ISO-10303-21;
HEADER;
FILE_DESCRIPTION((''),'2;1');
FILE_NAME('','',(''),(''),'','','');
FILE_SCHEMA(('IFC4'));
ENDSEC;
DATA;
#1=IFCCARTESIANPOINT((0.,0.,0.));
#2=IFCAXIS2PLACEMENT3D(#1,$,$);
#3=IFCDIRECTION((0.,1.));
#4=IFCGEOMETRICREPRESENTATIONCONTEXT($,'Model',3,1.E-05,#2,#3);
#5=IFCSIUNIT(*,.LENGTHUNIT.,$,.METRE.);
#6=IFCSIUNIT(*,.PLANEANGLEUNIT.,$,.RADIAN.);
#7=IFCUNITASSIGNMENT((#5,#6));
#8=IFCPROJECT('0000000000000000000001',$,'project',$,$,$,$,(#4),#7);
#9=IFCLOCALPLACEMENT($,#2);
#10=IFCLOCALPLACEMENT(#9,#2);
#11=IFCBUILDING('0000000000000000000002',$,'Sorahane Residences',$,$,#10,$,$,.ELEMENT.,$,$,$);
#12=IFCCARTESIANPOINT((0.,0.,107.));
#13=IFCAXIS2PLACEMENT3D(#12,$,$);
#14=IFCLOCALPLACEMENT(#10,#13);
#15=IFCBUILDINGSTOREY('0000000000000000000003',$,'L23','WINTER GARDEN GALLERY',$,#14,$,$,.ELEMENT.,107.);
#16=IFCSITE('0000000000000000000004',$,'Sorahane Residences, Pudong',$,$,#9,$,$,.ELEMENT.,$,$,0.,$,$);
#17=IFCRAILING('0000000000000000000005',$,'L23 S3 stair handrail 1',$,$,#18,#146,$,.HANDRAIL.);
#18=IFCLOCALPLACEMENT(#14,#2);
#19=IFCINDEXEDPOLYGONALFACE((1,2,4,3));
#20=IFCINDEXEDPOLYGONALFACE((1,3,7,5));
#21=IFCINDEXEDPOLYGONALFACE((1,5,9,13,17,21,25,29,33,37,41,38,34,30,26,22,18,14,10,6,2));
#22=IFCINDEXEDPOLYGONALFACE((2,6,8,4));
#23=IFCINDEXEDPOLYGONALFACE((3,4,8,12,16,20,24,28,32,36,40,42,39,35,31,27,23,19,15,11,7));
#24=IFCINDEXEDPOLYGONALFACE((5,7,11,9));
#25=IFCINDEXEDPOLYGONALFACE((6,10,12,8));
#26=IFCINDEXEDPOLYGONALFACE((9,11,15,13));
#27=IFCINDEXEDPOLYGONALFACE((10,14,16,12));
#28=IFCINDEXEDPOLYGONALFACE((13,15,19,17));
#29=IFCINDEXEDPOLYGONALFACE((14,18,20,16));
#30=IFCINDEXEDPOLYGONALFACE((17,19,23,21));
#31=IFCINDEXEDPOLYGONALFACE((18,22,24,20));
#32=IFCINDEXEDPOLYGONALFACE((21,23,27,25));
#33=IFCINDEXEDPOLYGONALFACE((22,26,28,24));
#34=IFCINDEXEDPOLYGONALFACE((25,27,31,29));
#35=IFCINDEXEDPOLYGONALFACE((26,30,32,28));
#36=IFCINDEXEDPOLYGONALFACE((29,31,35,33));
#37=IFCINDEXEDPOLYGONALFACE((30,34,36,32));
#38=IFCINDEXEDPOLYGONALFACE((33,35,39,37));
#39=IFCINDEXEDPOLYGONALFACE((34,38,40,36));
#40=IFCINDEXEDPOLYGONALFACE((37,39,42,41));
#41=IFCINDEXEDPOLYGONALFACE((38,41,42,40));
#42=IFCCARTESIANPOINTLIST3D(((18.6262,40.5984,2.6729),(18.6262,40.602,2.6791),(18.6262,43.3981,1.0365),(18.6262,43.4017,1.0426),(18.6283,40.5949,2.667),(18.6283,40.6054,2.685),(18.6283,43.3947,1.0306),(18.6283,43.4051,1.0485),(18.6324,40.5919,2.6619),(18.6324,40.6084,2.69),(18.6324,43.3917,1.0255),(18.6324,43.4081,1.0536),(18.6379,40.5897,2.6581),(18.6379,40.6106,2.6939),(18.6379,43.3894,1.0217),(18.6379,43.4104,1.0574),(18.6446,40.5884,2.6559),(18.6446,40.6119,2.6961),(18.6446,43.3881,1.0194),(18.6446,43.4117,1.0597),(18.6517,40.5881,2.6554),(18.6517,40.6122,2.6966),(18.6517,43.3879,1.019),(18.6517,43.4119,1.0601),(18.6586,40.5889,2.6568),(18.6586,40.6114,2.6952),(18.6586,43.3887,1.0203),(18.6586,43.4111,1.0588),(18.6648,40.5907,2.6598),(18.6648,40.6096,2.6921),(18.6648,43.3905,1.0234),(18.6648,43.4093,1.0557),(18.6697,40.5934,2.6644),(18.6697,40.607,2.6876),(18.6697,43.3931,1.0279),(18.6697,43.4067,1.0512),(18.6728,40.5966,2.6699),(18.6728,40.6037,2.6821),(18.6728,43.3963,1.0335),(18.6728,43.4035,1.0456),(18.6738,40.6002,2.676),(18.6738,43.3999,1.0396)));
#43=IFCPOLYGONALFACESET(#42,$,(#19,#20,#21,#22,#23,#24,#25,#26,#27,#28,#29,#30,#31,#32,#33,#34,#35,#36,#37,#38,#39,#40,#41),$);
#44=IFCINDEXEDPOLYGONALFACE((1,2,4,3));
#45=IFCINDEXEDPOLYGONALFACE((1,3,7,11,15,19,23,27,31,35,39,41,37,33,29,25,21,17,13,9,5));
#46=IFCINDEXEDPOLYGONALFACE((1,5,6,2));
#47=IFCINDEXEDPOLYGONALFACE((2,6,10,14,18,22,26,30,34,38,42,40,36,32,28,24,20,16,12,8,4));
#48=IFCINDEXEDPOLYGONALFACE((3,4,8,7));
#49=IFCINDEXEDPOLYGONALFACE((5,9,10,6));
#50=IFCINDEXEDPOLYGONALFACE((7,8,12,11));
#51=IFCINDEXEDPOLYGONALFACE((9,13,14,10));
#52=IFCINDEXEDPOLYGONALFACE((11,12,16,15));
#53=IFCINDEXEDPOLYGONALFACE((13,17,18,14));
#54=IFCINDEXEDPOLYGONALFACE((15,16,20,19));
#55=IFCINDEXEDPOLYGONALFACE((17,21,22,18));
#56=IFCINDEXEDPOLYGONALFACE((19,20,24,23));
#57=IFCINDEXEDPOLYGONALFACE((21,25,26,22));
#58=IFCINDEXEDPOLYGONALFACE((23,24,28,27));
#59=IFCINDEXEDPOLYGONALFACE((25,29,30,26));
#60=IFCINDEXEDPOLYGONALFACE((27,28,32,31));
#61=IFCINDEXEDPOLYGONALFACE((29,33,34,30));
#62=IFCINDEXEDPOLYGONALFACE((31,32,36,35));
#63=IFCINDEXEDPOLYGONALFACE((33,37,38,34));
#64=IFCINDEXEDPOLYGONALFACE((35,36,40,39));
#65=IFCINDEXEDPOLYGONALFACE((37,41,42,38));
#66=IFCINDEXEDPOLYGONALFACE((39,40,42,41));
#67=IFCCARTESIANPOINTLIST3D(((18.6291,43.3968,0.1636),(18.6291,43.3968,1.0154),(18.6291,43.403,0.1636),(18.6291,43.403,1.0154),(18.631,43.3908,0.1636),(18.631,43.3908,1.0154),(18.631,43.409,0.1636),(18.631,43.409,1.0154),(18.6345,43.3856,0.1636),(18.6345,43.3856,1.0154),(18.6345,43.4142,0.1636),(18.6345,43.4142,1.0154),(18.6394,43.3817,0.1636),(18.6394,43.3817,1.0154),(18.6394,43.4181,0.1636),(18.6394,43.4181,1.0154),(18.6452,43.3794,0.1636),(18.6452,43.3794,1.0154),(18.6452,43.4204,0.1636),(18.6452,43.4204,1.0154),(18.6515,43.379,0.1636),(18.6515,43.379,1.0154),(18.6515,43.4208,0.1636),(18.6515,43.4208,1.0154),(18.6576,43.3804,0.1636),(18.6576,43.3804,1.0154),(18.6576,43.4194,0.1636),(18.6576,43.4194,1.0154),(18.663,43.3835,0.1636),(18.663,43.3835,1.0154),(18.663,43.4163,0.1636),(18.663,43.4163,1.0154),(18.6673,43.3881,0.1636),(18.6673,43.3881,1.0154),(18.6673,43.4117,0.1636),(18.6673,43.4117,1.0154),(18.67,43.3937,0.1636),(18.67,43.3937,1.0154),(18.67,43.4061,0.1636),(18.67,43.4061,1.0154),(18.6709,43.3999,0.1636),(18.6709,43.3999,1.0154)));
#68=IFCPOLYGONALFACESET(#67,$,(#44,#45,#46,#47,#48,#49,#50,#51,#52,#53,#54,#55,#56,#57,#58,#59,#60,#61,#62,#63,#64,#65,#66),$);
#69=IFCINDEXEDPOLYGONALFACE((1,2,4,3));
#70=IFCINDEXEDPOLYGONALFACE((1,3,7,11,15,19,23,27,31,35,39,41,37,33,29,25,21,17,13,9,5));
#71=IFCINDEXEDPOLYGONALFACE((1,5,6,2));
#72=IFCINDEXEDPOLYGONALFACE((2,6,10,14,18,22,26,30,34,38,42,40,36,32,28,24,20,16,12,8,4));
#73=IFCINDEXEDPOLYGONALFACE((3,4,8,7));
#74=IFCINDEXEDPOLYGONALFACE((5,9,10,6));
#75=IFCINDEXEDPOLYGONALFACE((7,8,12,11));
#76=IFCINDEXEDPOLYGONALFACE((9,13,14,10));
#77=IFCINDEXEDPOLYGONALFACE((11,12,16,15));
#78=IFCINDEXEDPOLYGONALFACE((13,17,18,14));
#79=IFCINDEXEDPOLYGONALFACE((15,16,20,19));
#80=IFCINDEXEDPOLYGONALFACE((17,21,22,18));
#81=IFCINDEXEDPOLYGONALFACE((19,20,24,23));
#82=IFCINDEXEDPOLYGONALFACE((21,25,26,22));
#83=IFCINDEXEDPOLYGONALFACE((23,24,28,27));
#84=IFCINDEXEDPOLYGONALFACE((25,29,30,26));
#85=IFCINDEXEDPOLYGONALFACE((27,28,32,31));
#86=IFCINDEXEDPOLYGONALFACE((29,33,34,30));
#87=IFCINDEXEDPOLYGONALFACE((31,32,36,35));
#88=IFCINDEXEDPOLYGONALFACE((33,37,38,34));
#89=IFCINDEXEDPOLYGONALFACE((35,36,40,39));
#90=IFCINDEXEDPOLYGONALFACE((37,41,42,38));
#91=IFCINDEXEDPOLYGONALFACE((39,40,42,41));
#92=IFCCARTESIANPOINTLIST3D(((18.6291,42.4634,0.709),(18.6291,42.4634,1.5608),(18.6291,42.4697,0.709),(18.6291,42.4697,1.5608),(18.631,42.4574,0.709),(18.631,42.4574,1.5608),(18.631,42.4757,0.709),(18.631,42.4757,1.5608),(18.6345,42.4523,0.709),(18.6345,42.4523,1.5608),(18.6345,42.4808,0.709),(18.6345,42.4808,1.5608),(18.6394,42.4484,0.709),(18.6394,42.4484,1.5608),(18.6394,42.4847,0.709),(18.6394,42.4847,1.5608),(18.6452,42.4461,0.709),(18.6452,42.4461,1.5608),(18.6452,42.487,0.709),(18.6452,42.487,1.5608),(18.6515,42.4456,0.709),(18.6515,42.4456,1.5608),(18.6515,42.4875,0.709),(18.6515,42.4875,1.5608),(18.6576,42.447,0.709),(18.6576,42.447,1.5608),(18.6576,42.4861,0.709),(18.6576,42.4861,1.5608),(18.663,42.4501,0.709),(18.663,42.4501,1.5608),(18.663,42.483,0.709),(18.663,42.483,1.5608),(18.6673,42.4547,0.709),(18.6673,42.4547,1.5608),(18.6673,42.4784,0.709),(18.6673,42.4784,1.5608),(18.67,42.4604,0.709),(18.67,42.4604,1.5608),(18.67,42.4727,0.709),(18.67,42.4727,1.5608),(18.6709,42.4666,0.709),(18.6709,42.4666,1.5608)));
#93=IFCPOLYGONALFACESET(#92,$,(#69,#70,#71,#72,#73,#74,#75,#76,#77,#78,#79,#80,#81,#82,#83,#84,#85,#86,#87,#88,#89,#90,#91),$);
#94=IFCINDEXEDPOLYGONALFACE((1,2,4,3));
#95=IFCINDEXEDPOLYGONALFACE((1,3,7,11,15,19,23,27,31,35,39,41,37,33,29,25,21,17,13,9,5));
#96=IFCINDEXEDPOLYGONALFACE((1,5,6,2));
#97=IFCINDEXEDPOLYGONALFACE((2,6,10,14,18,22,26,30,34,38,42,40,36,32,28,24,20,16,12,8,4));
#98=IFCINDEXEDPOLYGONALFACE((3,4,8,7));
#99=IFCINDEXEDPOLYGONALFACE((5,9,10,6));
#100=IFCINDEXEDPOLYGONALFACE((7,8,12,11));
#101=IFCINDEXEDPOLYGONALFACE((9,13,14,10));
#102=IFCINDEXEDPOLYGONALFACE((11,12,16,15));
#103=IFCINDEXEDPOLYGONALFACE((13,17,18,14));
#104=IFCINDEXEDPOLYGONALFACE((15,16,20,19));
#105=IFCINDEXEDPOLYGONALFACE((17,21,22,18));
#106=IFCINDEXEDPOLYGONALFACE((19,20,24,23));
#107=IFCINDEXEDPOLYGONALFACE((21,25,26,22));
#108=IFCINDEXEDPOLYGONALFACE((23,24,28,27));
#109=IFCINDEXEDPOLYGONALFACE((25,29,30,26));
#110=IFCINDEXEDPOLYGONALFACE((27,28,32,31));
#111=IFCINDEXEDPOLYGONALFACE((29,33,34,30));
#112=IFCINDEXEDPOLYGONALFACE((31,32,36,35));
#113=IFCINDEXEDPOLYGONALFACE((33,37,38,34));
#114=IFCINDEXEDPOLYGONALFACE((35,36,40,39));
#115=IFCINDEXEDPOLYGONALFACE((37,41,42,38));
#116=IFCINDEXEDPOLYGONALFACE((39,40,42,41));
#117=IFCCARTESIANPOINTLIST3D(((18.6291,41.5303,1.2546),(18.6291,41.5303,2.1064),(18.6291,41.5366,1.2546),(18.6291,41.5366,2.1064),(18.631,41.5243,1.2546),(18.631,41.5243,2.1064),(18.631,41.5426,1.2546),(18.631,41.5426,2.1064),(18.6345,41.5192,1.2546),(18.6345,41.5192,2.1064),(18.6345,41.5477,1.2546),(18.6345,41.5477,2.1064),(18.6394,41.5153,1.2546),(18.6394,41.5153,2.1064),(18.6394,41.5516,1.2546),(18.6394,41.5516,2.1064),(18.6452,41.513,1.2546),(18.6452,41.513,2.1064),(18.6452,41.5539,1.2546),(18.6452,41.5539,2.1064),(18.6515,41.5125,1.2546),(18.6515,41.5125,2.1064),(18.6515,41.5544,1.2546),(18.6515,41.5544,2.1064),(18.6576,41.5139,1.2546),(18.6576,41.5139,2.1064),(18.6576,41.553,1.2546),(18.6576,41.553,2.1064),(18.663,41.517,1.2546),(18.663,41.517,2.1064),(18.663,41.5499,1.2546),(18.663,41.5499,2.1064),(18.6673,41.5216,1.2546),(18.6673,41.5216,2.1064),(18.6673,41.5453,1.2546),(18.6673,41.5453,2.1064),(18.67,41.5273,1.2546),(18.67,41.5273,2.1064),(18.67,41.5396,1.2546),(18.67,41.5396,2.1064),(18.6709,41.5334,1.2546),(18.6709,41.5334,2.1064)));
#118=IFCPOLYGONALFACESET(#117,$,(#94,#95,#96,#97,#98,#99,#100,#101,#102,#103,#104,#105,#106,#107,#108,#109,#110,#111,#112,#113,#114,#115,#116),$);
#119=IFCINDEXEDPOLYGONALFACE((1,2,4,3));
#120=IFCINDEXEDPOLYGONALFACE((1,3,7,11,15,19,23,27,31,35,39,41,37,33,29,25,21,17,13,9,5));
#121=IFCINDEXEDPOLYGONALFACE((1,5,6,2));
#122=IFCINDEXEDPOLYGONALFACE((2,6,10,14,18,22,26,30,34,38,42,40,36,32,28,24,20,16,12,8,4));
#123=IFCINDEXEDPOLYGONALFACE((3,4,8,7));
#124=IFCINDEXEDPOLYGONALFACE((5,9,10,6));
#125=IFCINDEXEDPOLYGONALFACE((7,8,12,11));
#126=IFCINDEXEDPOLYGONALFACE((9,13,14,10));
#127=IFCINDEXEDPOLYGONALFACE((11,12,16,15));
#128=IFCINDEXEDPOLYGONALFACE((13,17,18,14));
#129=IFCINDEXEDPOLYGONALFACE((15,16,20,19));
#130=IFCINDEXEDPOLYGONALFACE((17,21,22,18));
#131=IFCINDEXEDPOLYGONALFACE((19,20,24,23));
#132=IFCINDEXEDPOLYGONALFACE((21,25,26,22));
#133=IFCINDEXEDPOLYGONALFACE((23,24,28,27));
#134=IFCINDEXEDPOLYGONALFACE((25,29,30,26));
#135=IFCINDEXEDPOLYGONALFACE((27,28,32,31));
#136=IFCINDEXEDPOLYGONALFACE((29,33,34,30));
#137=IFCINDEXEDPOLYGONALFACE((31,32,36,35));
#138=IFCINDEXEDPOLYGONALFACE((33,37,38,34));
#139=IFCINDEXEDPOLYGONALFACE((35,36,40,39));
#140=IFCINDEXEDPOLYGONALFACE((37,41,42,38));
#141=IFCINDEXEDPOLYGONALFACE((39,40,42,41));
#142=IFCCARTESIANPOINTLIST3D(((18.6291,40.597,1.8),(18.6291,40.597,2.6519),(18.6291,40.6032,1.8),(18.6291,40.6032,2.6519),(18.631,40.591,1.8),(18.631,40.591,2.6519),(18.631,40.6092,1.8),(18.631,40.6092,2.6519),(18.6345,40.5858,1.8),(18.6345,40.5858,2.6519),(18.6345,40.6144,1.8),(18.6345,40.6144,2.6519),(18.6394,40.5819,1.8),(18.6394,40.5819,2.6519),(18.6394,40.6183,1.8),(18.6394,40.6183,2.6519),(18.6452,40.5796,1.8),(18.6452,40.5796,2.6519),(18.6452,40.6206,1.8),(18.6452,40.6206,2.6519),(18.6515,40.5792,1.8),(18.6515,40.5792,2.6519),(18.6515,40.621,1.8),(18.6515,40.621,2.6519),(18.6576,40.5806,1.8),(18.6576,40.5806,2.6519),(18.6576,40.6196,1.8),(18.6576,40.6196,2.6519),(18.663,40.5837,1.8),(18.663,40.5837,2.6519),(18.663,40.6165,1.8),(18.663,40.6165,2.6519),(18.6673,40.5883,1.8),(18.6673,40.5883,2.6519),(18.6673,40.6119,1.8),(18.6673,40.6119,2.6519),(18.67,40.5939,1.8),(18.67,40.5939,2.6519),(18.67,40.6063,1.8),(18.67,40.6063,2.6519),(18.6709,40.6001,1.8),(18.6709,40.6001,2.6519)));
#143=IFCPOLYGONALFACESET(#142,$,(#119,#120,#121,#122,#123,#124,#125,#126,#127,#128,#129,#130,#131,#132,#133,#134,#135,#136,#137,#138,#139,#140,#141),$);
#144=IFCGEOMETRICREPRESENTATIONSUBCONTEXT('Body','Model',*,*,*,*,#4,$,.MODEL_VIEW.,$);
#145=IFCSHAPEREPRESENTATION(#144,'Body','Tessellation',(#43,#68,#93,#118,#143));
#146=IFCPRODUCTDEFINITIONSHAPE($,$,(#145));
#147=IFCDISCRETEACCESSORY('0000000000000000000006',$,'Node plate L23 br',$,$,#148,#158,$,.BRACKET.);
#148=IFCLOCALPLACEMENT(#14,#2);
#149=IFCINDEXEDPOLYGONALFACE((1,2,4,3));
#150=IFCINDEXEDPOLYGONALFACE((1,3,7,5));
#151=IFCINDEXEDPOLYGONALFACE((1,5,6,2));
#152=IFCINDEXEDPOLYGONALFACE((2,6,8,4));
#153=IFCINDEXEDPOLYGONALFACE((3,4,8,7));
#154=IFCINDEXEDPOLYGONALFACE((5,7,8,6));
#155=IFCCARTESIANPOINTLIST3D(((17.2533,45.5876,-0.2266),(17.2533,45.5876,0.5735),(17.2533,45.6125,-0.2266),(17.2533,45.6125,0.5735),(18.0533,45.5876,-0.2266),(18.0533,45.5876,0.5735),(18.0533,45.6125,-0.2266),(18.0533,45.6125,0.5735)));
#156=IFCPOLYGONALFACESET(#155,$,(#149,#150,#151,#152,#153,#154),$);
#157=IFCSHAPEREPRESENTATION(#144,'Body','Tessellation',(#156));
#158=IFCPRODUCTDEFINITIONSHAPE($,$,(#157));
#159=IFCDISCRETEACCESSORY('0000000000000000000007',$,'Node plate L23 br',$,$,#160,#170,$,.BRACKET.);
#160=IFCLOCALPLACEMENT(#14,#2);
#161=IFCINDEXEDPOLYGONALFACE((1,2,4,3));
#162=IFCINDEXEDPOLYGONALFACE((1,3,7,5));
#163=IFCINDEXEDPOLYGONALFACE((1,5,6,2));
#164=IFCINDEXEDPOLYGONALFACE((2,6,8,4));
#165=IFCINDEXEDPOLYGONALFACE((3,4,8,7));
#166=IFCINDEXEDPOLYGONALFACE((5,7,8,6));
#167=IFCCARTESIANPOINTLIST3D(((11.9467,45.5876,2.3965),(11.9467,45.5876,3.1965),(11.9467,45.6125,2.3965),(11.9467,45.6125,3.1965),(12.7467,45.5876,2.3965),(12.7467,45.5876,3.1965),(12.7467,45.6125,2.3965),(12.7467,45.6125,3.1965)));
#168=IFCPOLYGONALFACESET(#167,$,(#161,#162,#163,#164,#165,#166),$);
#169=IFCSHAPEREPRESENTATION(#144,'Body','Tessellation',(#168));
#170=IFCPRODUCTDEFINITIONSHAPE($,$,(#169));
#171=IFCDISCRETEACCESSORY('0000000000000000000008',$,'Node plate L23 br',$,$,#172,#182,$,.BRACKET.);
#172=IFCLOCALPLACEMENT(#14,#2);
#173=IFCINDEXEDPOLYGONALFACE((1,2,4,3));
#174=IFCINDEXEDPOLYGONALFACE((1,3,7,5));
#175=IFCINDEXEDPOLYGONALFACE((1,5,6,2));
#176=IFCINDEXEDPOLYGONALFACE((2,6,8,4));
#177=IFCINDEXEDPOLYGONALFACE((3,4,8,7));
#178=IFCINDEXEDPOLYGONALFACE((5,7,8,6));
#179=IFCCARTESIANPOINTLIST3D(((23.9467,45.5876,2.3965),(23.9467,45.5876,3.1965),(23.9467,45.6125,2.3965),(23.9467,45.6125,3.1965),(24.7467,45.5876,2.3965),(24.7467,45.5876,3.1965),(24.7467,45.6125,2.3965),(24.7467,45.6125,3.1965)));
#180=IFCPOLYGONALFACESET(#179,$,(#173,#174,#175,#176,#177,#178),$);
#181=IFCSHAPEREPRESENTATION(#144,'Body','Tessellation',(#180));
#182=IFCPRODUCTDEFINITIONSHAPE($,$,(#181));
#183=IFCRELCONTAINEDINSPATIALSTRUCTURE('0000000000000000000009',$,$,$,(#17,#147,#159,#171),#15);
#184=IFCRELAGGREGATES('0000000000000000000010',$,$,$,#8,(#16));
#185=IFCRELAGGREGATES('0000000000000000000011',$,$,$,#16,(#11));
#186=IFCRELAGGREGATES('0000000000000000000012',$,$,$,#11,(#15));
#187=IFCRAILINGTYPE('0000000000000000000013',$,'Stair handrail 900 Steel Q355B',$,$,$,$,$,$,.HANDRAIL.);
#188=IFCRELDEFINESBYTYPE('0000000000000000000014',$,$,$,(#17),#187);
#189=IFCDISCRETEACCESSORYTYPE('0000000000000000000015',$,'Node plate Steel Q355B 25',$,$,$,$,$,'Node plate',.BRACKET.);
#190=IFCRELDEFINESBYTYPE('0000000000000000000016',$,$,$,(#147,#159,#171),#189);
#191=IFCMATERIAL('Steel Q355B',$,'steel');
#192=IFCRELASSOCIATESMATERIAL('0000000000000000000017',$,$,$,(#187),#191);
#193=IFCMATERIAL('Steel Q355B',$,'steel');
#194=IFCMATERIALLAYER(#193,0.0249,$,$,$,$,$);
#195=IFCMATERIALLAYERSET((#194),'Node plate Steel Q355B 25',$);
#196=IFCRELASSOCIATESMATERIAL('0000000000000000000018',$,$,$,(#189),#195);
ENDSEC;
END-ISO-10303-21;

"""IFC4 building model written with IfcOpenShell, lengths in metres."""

from ifc_helpers import new_model, si_unit, direction, frame, origin, origin_2d, place, context, subcontext, project, spatial, rectangle, circle, extrude, material, layer, layer_set, type_object, element, save


model = new_model("IFC4")

# Units and contexts
model_context = context("Model", 3, precision=1e-05, world=origin(), true_north=direction((0.0, 1.0)))
body_context = subcontext(model_context, "Body", "Model", "MODEL_VIEW")
ifc_project = project(units=[si_unit("LENGTHUNIT", "METRE"), si_unit("PLANEANGLEUNIT", "RADIAN")], contexts=[model_context])

# Site, building, storey
site_placement = place(None, origin())
site = spatial("IfcSite", under=ifc_project, at=site_placement, Name="Sorahane Residences, Pudong", CompositionType="ELEMENT", RefElevation=0.0)
building_placement = place(site_placement, origin())
building = spatial("IfcBuilding", under=site, at=building_placement, Name="Sorahane Residences", CompositionType="ELEMENT")
storey_placement = place(building_placement, frame((0.0, 0.0, 107.0)))
storey = spatial("IfcBuildingStorey", under=building, at=storey_placement, Name="L23", Description="WINTER GARDEN GALLERY", CompositionType="ELEMENT", Elevation=107.0)

# Railing
ifc_material_1 = material(Name="Steel Q355B", Category="steel")
railing_type_1 = type_object("IfcRailingType", Name="Stair handrail 900 Steel Q355B", PredefinedType="HANDRAIL", material=ifc_material_1)
railing_1_placement = place(storey_placement, frame((18.6499, 43.3999, 0.1636)))
element("IfcRailing", 1, at=railing_1_placement, inside=storey, type_object=railing_type_1, Name="L23 S3 stair handrail 1", PredefinedType="HANDRAIL", context=body_context, shape_type="SweptSolid", body=[
    extrude(circle(Radius=0.0239, at=origin_2d()), frame((0.0, 0.0, 0.876), z_axis=(0.0, -0.863342, 0.50462), x_axis=(1.0, 0.0, 0.0)), (0.0, 0.0, 1.0), 3.2429),
    extrude(circle(Radius=0.021, at=origin_2d()), origin(), (0.0, 0.0, 1.0), 0.8518),
    extrude(circle(Radius=0.021, at=origin_2d()), frame((0.0, -0.9333, 0.5454)), (0.0, 0.0, 1.0), 0.8518),
    extrude(circle(Radius=0.021, at=origin_2d()), frame((0.0, -1.8665, 1.0911)), (0.0, 0.0, 1.0), 0.8518),
    extrude(circle(Radius=0.021, at=origin_2d()), frame((0.0, -2.7998, 1.6365)), (0.0, 0.0, 1.0), 0.8518),
])

# Discrete accessories
ifc_material_2 = material(Name="Steel Q355B", Category="steel")
ifc_layer_1 = layer(ifc_material_2, 0.0249)
ifc_layer_set_1 = layer_set([ifc_layer_1], Name="Node plate Steel Q355B 25")
discrete_accessory_type = type_object("IfcDiscreteAccessoryType", Name="Node plate Steel Q355B 25", ElementType="Node plate", PredefinedType="BRACKET", material=ifc_layer_set_1)
for number, where, z_axis, x_axis, name in (
    (2, (17.6533, 45.6001, -0.2266), (0.0, 0.0, 1.0), (1.0, 0.0, 0.0), "Node plate L23 br"),
    (3, (12.3467, 45.6001, 2.3965), (0.0, 0.0, 1.0), (1.0, 0.0, 0.0), "Node plate L23 br"),
    (4, (24.3467, 45.6001, 2.3965), (0.0, 0.0, 1.0), (1.0, 0.0, 0.0), "Node plate L23 br"),
):
    element("IfcDiscreteAccessory", number, at=place(storey_placement, frame(where, z_axis=z_axis, x_axis=x_axis)), inside=storey, type_object=discrete_accessory_type, Name=name, PredefinedType="BRACKET", context=body_context, shape_type="SweptSolid", body=[
        extrude(rectangle(XDim=0.8, YDim=0.0249, at=origin_2d()), origin(), (0.0, 0.0, 1.0), 0.8),
    ])

save(model, "model.ifc")
